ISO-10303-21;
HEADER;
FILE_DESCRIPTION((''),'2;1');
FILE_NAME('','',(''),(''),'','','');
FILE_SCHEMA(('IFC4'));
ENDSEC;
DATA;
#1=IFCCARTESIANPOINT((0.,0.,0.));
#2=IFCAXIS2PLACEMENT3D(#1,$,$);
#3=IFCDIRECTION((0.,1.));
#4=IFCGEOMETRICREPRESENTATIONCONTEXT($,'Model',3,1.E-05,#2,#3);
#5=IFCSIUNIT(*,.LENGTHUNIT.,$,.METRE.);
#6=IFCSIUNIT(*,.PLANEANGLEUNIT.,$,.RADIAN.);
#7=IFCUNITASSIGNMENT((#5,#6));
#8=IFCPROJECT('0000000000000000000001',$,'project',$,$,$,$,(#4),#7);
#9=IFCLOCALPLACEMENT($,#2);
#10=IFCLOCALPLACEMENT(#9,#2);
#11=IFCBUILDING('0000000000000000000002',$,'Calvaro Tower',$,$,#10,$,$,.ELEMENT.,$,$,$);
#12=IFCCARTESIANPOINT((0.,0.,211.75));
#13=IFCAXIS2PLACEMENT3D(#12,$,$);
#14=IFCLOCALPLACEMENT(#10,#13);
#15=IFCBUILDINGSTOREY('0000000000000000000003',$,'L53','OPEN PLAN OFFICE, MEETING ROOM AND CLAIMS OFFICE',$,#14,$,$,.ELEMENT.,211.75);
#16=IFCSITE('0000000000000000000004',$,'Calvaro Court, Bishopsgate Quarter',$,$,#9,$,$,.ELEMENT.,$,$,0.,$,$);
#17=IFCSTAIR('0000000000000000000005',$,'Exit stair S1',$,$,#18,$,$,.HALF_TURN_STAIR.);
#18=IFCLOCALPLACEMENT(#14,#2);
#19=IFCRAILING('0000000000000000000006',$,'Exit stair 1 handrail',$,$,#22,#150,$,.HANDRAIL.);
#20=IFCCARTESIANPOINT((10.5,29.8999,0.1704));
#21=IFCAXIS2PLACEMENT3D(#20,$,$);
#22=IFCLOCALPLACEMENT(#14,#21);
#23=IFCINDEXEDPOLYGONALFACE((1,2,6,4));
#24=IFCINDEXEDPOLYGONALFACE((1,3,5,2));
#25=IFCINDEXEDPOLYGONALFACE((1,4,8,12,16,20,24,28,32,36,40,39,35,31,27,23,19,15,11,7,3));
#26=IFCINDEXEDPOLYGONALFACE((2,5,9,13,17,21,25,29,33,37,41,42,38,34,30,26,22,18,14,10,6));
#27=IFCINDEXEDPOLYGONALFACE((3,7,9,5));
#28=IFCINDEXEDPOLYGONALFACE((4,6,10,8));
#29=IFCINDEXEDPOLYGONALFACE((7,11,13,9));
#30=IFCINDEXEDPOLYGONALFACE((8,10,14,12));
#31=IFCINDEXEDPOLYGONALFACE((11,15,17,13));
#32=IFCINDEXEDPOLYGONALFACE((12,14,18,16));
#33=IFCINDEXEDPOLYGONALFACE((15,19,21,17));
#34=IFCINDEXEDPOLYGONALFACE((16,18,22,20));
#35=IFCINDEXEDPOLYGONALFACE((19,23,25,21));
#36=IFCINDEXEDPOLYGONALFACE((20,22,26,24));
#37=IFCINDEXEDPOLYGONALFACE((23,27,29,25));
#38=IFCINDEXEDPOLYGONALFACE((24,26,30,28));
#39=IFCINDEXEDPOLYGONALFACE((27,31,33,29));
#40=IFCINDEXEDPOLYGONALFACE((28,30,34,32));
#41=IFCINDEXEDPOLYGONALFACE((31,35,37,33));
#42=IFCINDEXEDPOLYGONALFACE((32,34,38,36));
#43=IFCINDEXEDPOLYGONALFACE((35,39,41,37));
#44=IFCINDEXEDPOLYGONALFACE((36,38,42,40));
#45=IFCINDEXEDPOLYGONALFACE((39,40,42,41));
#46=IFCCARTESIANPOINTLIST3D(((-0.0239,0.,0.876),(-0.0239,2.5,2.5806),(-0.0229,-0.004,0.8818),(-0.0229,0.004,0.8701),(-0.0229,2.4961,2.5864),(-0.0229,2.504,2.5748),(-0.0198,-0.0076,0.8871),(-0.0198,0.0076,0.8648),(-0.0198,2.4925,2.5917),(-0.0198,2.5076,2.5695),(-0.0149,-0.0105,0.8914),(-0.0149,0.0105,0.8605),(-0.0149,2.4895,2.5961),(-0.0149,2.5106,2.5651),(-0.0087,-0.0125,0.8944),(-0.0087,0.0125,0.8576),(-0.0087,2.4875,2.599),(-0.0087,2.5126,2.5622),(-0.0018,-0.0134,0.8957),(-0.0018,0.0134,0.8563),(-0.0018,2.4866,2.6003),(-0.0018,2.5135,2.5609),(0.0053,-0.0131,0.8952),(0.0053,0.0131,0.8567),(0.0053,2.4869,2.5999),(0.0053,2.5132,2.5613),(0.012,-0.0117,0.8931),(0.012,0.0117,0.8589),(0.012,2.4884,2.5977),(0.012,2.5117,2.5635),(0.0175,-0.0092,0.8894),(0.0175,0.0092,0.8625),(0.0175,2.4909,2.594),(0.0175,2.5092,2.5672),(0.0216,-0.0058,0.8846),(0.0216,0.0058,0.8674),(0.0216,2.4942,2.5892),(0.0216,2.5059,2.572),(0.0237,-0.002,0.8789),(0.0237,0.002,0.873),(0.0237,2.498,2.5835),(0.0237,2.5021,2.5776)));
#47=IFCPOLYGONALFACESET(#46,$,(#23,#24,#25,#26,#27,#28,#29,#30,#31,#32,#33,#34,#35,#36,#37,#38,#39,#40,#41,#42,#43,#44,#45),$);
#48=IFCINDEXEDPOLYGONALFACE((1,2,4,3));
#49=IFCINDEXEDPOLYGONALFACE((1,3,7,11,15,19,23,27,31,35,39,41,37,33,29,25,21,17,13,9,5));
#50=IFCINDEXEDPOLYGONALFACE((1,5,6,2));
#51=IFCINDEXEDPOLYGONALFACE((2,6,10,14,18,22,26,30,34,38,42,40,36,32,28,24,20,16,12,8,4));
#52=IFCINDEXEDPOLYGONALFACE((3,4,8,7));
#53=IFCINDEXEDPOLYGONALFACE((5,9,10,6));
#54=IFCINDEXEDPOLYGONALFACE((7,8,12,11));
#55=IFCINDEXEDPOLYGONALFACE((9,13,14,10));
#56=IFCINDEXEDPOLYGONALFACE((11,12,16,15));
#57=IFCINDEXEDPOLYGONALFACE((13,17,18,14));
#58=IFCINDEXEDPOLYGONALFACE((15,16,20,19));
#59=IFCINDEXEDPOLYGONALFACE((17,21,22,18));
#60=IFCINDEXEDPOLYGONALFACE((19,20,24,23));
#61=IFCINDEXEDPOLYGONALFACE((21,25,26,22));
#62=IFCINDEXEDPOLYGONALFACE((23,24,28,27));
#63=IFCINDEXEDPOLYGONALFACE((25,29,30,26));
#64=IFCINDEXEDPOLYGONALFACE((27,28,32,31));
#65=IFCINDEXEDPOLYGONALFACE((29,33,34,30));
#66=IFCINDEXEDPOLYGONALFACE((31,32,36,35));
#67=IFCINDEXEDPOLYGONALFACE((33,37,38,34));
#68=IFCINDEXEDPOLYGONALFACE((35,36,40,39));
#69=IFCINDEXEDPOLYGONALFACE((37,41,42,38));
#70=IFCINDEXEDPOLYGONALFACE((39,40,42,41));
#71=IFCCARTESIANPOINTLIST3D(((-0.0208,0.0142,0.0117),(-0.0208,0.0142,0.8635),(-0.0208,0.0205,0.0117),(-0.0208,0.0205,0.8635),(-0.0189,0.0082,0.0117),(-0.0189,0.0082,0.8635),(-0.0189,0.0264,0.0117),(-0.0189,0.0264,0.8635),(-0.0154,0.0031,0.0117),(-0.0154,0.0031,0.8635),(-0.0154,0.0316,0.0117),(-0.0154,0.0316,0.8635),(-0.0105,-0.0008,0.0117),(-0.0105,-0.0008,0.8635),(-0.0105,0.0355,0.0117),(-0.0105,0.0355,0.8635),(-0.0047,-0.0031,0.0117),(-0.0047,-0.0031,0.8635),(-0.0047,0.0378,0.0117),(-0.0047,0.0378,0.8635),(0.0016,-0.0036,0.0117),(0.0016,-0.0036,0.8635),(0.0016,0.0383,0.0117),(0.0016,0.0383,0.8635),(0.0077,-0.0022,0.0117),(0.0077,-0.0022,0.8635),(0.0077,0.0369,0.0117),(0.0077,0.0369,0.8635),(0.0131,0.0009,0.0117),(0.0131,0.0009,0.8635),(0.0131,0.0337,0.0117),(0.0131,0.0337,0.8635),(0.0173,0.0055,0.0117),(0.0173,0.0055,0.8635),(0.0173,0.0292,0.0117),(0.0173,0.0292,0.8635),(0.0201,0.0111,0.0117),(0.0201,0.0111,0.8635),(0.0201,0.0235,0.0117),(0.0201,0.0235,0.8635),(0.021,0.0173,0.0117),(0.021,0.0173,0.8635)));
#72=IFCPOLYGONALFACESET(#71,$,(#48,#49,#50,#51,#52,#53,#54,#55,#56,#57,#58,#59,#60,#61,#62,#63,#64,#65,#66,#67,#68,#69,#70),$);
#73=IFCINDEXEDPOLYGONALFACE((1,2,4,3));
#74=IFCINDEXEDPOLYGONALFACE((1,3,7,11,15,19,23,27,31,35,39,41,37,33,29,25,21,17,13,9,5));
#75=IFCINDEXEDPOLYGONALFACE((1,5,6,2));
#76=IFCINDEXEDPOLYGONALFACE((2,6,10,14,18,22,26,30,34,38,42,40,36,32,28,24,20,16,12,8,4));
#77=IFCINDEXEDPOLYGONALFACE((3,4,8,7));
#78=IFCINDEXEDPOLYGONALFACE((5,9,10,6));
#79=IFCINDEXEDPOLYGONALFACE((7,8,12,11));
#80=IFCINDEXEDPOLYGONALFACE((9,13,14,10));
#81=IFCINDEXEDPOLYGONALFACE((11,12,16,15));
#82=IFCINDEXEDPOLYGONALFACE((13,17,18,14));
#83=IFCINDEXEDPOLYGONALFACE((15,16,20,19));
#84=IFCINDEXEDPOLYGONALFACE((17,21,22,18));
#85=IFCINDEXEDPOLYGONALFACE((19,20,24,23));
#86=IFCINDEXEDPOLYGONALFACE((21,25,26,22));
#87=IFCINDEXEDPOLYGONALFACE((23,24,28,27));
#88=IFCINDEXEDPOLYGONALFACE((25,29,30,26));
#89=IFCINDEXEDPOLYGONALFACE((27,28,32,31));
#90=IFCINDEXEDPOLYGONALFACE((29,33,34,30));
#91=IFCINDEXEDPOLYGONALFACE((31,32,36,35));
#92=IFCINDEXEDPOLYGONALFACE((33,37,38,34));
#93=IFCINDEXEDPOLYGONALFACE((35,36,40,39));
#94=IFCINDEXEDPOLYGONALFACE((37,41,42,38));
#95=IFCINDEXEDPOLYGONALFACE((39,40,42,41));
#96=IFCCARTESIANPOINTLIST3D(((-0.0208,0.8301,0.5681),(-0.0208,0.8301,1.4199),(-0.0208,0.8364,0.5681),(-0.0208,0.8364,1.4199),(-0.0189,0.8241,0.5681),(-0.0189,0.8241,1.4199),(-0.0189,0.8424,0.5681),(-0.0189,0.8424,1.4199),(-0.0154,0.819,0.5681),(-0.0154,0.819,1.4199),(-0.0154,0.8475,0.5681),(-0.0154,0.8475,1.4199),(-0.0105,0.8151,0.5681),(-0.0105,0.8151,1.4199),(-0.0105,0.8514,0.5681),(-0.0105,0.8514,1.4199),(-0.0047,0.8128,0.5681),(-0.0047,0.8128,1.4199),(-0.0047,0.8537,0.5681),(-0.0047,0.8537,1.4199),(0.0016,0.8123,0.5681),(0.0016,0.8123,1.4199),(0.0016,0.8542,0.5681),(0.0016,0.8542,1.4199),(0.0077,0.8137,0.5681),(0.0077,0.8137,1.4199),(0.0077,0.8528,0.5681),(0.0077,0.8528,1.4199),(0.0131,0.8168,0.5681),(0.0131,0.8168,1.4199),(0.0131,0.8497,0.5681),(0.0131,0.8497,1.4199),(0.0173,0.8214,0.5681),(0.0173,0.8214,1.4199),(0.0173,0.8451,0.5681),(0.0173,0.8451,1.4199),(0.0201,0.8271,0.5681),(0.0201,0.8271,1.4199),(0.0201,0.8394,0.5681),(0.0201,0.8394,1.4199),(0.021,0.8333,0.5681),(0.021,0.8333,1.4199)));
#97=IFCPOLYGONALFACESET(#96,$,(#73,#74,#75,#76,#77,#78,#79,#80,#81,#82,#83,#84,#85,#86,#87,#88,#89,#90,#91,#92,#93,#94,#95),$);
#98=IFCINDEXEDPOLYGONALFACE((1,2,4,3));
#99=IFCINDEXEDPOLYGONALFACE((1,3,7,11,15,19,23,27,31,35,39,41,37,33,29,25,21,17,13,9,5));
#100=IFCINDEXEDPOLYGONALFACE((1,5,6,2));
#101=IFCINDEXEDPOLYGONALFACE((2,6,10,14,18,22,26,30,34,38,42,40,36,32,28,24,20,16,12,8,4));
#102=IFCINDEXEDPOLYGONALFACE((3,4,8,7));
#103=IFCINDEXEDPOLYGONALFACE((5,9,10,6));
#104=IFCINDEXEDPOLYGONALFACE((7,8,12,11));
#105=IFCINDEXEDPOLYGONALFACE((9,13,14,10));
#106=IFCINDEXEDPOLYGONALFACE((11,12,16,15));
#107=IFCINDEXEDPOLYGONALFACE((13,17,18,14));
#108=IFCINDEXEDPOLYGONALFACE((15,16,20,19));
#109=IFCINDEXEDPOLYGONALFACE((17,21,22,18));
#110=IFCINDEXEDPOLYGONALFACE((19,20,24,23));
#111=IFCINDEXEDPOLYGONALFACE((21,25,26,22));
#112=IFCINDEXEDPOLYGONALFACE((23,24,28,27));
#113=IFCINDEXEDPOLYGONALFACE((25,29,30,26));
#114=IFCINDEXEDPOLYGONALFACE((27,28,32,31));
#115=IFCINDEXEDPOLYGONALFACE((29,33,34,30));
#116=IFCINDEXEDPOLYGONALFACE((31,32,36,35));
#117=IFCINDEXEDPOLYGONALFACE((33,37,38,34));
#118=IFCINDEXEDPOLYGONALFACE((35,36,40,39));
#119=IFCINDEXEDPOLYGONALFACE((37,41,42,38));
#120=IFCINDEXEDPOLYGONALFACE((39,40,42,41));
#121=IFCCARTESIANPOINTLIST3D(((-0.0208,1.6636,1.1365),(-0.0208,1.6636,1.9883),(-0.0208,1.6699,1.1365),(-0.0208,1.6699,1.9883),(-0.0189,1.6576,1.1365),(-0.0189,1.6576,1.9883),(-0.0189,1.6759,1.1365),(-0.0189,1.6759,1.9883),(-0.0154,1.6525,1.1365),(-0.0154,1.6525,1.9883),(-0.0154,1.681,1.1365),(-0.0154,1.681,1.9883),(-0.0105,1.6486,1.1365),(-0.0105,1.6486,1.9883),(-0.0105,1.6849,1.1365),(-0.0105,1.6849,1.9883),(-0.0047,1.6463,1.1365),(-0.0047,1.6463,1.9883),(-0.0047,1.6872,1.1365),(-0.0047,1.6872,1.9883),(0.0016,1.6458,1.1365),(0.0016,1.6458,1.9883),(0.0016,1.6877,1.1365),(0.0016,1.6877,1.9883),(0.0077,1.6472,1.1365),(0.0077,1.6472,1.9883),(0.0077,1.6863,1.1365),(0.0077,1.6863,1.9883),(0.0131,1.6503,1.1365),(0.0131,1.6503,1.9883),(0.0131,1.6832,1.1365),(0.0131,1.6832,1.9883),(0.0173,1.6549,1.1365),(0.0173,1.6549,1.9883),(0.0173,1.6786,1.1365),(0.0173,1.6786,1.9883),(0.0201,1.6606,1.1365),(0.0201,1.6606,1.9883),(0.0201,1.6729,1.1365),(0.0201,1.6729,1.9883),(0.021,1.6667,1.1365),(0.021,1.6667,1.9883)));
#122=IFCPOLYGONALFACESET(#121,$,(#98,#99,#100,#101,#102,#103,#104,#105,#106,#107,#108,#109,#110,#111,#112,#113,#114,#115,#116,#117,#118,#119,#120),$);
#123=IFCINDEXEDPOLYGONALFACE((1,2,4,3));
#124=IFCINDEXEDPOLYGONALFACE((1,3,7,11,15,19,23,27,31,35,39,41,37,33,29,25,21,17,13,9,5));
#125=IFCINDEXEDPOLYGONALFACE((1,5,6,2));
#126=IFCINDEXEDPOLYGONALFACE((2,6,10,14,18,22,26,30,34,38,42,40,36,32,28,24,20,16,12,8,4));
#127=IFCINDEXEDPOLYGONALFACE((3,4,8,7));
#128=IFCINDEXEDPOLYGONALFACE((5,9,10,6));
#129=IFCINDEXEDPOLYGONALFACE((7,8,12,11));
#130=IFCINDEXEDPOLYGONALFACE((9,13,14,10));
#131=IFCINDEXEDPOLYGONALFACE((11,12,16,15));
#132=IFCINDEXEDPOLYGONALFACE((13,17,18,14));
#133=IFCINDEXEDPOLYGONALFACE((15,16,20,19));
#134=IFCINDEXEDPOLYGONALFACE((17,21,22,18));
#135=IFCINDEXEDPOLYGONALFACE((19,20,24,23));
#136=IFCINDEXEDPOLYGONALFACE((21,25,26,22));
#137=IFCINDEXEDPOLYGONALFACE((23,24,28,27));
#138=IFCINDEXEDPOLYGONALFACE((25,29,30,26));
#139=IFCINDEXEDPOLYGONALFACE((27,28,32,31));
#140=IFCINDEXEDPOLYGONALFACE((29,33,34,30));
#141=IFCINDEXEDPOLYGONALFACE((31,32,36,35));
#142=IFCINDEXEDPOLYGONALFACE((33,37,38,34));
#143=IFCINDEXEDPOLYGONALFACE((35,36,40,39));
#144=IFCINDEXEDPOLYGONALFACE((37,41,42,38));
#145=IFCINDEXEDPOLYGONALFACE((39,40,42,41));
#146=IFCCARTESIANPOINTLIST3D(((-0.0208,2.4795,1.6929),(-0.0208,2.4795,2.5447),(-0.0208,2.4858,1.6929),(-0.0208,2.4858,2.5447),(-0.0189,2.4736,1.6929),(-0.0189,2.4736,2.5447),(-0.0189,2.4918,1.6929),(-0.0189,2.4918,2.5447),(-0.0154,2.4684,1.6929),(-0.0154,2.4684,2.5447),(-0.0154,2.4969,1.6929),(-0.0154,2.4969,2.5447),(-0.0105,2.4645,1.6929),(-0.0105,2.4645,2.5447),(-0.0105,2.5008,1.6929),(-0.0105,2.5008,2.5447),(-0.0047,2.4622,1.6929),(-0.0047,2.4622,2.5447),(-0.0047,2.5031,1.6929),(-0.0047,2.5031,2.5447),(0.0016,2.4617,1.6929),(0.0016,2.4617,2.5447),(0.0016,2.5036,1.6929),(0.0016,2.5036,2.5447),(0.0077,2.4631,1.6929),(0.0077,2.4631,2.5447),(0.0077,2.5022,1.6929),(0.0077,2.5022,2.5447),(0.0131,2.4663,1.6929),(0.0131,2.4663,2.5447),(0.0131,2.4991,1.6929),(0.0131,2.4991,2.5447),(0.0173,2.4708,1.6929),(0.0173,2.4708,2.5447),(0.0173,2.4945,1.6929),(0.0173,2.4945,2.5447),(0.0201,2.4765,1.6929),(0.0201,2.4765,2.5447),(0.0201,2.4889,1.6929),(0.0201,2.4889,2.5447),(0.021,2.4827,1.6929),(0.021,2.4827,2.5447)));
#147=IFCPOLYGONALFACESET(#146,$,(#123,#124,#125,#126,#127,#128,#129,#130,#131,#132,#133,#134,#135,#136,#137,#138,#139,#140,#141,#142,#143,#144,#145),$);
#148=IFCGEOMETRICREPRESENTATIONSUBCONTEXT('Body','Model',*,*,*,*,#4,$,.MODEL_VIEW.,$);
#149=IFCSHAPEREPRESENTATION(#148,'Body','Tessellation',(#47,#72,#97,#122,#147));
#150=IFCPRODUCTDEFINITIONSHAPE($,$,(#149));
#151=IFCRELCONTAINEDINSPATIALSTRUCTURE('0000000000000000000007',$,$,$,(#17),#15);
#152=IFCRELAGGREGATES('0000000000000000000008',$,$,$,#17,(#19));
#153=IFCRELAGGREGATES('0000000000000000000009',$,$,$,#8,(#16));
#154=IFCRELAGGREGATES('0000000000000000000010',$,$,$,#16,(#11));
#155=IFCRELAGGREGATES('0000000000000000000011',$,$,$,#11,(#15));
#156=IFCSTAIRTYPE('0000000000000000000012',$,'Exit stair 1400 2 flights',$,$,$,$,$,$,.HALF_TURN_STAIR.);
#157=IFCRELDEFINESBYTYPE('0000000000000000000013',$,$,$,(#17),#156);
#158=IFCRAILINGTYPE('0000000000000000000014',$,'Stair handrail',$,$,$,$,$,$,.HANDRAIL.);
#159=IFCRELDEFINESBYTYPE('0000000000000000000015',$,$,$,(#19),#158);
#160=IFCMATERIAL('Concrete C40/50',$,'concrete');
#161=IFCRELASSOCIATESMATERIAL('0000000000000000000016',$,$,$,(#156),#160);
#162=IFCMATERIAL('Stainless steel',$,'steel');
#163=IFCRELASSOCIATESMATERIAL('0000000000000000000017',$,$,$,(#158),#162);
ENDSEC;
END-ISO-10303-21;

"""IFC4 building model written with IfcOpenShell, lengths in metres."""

from ifc_helpers import new_model, si_unit, direction, frame, origin, origin_2d, place, context, subcontext, project, spatial, circle, extrude, material, type_object, element, aggregate, save


model = new_model("IFC4")

# Units and contexts
model_context = context("Model", 3, precision=1e-05, world=origin(), true_north=direction((0.0, 1.0)))
body_context = subcontext(model_context, "Body", "Model", "MODEL_VIEW")
ifc_project = project(units=[si_unit("LENGTHUNIT", "METRE"), si_unit("PLANEANGLEUNIT", "RADIAN")], contexts=[model_context])

# Site, building, storey
site_placement = place(None, origin())
site = spatial("IfcSite", under=ifc_project, at=site_placement, Name="Calvaro Court, Bishopsgate Quarter", CompositionType="ELEMENT", RefElevation=0.0)
building_placement = place(site_placement, origin())
building = spatial("IfcBuilding", under=site, at=building_placement, Name="Calvaro Tower", CompositionType="ELEMENT")
storey_placement = place(building_placement, frame((0.0, 0.0, 211.75)))
storey = spatial("IfcBuildingStorey", under=building, at=storey_placement, Name="L53", Description="OPEN PLAN OFFICE, MEETING ROOM AND CLAIMS OFFICE", CompositionType="ELEMENT", Elevation=211.75)

# Stair, railing
ifc_material_1 = material(Name="Concrete C40/50", Category="concrete")
stair_type = type_object("IfcStairType", Name="Exit stair 1400 2 flights", PredefinedType="HALF_TURN_STAIR", material=ifc_material_1)
stair_placement = place(storey_placement, origin())
stair = element("IfcStair", 1, at=stair_placement, inside=storey, type_object=stair_type, Name="Exit stair S1", PredefinedType="HALF_TURN_STAIR")
ifc_material_2 = material(Name="Stainless steel", Category="steel")
railing_type = type_object("IfcRailingType", Name="Stair handrail", PredefinedType="HANDRAIL", material=ifc_material_2)
railing_1_placement = place(storey_placement, frame((10.5, 29.8999, 0.1704)))
railing_1 = element("IfcRailing", 2, at=railing_1_placement, type_object=railing_type, Name="Exit stair 1 handrail", PredefinedType="HANDRAIL", context=body_context, shape_type="SweptSolid", body=[
    extrude(circle(Radius=0.0239, at=origin_2d()), frame((0.0, 0.0, 0.876), z_axis=(0.0, 0.826221, 0.563347), x_axis=(-1.0, 0.0, 0.0)), (0.0, 0.0, 1.0), 3.0259),
    extrude(circle(Radius=0.021, at=origin_2d()), frame((0.0, 0.0173, 0.0117)), (0.0, 0.0, 1.0), 0.8518),
    extrude(circle(Radius=0.021, at=origin_2d()), frame((0.0, 0.8333, 0.5681)), (0.0, 0.0, 1.0), 0.8518),
    extrude(circle(Radius=0.021, at=origin_2d()), frame((0.0, 1.6667, 1.1365)), (0.0, 0.0, 1.0), 0.8518),
    extrude(circle(Radius=0.021, at=origin_2d()), frame((0.0, 2.4827, 1.6929)), (0.0, 0.0, 1.0), 0.8518),
])
aggregate(stair, [railing_1])

save(model, "model.ifc")
